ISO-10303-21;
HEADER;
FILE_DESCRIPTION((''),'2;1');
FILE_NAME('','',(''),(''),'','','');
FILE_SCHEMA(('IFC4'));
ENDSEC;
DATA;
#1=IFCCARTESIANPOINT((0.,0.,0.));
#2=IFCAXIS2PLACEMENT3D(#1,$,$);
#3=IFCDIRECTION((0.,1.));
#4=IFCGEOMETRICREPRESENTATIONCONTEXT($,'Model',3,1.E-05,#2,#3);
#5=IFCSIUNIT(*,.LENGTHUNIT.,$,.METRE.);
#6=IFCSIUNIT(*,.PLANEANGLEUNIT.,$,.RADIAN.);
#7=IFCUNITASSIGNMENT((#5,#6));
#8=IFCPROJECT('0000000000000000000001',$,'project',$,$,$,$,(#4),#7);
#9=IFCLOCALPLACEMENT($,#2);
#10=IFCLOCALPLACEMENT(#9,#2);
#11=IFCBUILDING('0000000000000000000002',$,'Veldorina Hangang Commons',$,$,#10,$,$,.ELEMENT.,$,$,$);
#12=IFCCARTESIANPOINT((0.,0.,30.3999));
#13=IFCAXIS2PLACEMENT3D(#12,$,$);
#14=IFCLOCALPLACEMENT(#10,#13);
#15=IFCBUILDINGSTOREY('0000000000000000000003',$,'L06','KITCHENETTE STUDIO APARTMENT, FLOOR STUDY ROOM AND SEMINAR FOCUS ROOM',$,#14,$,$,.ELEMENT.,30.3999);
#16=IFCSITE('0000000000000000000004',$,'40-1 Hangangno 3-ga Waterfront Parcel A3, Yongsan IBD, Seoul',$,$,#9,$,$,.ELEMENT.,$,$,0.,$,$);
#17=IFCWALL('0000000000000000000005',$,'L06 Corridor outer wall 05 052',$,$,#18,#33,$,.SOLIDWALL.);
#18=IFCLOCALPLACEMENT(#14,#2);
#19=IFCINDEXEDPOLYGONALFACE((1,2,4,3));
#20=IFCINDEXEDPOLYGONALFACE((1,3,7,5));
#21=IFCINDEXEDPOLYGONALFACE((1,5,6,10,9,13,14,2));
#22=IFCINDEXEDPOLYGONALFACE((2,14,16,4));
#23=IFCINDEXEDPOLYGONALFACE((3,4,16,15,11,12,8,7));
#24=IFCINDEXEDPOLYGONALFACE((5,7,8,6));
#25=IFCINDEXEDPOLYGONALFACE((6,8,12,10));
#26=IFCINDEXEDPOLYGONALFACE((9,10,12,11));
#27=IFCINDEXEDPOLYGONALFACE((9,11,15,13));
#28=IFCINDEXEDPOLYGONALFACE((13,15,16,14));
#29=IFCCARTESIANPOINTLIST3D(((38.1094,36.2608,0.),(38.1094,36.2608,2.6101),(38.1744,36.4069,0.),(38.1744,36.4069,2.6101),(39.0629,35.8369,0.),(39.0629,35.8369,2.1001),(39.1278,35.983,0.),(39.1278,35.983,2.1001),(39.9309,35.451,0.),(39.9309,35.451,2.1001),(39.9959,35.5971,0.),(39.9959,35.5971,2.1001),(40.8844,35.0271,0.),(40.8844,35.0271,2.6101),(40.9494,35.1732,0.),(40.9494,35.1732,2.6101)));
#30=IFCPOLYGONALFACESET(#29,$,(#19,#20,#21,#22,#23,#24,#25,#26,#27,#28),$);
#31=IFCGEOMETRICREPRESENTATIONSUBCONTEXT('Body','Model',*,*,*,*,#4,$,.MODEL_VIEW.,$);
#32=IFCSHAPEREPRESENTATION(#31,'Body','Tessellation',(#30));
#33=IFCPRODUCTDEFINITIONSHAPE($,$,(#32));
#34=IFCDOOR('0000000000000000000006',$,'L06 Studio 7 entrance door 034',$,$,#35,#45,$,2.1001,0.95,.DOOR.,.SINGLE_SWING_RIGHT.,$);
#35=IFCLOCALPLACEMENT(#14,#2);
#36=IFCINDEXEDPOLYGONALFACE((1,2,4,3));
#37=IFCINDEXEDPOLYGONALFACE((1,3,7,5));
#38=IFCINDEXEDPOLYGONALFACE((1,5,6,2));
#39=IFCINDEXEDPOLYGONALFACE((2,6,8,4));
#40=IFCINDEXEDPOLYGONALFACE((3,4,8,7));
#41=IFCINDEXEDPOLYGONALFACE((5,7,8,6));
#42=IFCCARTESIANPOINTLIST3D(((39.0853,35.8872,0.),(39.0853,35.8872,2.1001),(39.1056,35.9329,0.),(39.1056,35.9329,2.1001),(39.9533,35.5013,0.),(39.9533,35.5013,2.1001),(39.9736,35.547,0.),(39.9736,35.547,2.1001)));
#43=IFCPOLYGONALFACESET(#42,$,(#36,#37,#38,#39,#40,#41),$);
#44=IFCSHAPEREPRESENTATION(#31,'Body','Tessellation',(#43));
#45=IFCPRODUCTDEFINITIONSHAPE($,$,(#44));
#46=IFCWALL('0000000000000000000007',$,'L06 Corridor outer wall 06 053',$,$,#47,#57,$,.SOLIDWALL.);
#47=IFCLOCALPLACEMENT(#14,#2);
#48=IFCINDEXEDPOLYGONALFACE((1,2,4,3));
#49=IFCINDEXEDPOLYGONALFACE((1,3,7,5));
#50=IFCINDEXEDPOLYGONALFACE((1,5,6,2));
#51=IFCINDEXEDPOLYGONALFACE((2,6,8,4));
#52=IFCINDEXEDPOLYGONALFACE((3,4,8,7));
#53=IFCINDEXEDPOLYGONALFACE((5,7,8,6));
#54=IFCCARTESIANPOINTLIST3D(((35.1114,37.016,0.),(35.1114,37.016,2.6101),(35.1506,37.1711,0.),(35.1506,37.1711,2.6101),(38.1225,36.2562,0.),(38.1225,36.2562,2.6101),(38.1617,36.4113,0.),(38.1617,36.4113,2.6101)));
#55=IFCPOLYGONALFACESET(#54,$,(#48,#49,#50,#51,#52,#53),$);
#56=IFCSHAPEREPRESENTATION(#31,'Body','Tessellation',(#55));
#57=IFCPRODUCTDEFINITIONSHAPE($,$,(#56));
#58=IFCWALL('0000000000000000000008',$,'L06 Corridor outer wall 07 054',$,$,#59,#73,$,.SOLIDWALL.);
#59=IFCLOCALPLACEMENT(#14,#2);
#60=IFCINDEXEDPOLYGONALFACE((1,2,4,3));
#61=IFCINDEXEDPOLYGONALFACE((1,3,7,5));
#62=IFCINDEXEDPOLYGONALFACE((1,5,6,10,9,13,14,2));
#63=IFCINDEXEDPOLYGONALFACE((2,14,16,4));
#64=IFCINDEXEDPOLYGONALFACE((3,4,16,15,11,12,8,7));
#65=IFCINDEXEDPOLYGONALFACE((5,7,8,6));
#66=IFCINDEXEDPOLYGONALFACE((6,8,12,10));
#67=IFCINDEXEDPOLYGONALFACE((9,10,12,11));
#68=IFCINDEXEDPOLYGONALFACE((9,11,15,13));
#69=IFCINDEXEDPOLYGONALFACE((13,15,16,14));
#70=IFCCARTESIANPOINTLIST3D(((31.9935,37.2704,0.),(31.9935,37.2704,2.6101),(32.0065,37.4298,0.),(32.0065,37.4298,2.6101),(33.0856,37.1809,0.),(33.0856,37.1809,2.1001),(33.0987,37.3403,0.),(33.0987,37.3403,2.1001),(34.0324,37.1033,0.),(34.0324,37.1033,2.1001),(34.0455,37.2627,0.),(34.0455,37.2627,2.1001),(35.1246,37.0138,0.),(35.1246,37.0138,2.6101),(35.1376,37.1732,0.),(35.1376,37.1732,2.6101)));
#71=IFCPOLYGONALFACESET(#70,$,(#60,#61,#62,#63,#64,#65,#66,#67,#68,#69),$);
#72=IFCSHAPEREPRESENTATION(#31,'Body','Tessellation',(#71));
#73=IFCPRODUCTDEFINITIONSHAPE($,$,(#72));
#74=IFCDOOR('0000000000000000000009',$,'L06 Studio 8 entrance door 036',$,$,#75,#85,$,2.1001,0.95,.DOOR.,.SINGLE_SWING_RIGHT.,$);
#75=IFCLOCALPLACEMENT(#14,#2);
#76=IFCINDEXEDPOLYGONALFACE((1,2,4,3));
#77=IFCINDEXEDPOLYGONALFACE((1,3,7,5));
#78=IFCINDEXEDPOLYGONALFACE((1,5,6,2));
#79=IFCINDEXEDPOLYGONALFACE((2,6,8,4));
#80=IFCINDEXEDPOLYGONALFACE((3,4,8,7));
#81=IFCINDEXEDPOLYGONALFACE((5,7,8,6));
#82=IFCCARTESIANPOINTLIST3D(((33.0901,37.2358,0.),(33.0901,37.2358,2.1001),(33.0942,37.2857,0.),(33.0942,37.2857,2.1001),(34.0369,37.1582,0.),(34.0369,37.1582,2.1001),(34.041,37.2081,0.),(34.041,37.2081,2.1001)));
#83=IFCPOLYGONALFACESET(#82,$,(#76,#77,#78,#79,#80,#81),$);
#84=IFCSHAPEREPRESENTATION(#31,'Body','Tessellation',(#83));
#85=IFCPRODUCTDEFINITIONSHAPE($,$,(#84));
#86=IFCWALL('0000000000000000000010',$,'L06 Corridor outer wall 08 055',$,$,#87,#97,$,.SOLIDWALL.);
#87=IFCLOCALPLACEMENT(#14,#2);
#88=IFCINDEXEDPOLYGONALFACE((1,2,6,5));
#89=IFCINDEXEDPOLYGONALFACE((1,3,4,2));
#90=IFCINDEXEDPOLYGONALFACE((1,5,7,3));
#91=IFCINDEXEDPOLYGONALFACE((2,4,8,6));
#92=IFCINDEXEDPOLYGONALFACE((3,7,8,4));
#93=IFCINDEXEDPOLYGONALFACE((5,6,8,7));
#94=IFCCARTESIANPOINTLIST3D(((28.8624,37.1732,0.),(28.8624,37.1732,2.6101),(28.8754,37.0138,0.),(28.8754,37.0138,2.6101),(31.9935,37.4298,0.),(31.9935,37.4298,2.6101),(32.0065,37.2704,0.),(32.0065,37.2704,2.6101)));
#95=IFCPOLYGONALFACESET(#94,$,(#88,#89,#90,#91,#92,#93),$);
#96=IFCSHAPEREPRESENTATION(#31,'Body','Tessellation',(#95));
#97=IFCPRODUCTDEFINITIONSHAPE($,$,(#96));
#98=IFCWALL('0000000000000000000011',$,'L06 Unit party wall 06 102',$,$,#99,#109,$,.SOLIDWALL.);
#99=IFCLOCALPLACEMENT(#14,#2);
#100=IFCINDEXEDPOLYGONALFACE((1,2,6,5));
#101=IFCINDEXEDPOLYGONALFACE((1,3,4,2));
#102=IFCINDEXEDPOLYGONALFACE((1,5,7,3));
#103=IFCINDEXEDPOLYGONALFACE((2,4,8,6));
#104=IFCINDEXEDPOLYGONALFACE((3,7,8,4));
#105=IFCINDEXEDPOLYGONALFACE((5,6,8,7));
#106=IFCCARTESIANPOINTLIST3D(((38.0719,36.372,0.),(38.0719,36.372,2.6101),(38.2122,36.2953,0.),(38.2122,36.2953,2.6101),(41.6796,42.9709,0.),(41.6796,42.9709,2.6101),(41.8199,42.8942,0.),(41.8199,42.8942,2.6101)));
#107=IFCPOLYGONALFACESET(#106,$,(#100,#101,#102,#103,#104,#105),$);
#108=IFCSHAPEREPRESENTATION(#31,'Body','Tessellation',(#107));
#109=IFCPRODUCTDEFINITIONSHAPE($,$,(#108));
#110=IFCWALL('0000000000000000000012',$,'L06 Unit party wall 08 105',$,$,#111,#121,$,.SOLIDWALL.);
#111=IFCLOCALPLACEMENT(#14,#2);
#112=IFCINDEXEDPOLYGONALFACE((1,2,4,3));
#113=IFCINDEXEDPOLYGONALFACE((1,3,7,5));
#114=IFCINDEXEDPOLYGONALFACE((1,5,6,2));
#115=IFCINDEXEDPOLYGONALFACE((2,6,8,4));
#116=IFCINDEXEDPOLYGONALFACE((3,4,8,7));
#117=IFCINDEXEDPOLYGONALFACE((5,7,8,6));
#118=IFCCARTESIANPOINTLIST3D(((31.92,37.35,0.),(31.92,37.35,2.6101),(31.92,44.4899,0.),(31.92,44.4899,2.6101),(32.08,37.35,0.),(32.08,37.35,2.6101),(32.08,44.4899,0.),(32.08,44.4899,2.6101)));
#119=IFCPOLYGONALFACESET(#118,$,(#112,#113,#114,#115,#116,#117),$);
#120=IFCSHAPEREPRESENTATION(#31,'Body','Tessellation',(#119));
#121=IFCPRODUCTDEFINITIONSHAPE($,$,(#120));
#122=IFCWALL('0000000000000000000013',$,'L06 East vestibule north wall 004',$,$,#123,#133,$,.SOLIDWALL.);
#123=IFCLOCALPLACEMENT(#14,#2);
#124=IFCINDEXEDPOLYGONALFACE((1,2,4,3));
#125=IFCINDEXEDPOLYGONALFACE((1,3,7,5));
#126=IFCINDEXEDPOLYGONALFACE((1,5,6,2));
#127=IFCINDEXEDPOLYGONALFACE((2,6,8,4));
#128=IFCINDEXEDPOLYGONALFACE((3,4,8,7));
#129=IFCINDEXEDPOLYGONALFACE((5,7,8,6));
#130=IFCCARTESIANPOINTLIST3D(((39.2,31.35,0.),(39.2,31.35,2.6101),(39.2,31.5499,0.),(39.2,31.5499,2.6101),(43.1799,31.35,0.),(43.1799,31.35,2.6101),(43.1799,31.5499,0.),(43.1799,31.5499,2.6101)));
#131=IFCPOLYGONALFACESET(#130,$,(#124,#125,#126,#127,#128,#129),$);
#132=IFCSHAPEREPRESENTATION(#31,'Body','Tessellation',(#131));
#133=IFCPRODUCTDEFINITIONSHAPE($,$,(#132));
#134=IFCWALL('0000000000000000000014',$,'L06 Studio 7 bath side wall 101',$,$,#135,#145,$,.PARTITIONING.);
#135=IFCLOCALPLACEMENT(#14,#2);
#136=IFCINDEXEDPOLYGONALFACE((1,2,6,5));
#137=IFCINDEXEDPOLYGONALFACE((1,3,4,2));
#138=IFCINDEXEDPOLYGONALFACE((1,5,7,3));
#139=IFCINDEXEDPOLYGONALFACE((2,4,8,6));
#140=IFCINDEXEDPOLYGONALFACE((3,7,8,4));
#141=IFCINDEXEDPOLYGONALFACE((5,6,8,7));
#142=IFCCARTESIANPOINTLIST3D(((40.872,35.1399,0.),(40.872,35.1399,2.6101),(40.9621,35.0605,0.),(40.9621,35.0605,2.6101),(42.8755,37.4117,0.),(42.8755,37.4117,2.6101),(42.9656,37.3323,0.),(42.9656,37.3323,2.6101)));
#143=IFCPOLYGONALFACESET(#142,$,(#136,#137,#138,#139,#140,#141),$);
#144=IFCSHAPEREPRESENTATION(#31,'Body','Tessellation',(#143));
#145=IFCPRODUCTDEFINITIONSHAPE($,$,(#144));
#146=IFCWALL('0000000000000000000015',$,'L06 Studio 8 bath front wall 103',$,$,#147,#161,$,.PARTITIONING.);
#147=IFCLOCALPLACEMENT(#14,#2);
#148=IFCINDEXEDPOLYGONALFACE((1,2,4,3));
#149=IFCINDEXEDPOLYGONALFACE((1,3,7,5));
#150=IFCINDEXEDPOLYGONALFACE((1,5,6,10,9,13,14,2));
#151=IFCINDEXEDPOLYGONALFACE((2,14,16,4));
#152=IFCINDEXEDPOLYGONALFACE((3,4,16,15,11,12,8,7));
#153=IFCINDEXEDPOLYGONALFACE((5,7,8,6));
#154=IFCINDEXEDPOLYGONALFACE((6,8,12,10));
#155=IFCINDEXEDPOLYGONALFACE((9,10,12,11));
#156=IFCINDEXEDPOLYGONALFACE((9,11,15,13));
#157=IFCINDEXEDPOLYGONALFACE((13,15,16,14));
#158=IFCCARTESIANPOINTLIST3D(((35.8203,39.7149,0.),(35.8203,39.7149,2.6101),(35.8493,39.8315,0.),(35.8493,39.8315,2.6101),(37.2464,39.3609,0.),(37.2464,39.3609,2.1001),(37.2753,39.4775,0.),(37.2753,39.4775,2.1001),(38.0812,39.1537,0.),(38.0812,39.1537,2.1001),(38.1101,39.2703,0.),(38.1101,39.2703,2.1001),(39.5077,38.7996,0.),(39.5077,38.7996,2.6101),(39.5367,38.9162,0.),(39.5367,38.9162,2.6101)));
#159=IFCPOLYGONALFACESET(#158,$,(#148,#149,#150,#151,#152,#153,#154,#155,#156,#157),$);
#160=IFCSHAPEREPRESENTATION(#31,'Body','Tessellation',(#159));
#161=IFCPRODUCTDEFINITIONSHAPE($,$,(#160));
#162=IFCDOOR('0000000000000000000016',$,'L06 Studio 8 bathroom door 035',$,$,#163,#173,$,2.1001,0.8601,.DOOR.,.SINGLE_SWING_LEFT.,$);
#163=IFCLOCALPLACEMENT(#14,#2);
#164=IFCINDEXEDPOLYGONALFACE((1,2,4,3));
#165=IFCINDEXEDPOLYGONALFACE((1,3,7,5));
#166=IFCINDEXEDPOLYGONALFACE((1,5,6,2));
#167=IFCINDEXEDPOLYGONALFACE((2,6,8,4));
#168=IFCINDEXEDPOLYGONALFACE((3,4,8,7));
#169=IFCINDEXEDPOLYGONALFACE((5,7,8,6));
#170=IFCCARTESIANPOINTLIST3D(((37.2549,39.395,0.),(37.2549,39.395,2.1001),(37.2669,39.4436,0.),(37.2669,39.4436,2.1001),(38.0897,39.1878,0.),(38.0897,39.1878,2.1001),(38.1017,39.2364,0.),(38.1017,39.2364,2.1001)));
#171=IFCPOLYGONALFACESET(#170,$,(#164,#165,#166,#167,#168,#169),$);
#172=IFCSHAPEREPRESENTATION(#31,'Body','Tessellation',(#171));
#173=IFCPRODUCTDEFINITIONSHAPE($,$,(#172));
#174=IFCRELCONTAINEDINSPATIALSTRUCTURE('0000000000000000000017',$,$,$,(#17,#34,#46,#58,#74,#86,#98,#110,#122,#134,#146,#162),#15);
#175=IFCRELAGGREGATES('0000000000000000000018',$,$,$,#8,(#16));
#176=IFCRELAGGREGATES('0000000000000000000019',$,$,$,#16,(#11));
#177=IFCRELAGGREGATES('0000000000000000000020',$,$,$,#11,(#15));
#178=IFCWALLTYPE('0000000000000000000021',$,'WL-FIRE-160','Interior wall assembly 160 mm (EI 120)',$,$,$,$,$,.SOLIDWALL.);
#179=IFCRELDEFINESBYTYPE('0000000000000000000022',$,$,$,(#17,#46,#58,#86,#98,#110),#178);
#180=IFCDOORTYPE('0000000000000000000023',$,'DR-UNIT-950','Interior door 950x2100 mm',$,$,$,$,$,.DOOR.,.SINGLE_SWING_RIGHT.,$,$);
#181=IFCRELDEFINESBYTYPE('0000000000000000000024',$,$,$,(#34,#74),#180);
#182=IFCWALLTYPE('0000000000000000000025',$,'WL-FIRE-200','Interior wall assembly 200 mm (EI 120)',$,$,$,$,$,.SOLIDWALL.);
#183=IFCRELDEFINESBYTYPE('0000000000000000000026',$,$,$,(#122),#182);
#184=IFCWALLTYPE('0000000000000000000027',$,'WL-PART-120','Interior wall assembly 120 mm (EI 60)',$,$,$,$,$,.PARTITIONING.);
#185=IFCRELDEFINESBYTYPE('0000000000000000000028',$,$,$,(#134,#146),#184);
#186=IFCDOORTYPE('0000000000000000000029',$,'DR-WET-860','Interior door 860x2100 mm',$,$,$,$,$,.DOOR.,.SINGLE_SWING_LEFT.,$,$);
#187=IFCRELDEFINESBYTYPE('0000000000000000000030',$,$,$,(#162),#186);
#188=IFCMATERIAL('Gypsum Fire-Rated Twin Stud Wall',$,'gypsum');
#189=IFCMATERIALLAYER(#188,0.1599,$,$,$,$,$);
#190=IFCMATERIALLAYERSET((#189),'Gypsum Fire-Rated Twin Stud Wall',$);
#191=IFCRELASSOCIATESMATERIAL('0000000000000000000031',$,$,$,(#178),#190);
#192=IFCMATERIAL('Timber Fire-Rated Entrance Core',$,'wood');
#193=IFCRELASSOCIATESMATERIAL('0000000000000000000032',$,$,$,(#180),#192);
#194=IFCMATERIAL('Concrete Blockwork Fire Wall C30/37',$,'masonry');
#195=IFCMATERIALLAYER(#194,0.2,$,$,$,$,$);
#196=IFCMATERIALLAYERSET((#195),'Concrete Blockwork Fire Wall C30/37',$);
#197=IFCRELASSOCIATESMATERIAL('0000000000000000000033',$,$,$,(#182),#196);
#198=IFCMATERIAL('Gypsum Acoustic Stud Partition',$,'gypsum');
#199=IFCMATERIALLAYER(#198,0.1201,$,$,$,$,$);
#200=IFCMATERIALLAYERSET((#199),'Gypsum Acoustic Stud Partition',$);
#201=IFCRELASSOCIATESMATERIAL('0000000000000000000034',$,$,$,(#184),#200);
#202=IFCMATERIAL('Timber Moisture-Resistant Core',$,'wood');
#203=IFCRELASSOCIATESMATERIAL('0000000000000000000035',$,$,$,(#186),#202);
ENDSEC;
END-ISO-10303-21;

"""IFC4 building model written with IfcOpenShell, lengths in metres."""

from ifc_helpers import new_model, si_unit, direction, frame, frame_2d, origin, place, context, subcontext, project, spatial, rectangle, extrude, material, layer, layer_set, type_object, element, fill, save


model = new_model("IFC4")

# Units and contexts
model_context = context("Model", 3, precision=1e-05, world=origin(), true_north=direction((0.0, 1.0)))
body_context = subcontext(model_context, "Body", "Model", "MODEL_VIEW")
ifc_project = project(units=[si_unit("LENGTHUNIT", "METRE"), si_unit("PLANEANGLEUNIT", "RADIAN")], contexts=[model_context])

# Site, building, storey
site_placement = place(None, origin())
site = spatial("IfcSite", under=ifc_project, at=site_placement, Name="40-1 Hangangno 3-ga Waterfront Parcel A3, Yongsan IBD, Seoul", CompositionType="ELEMENT", RefElevation=0.0)
building_placement = place(site_placement, origin())
building = spatial("IfcBuilding", under=site, at=building_placement, Name="Veldorina Hangang Commons", CompositionType="ELEMENT")
storey_placement = place(building_placement, frame((0.0, 0.0, 30.3999)))
storey = spatial("IfcBuildingStorey", under=building, at=storey_placement, Name="L06", Description="KITCHENETTE STUDIO APARTMENT, FLOOR STUDY ROOM AND SEMINAR FOCUS ROOM", CompositionType="ELEMENT", Elevation=30.3999)

# Wall, opening, door
ifc_material_1 = material(Name="Gypsum Fire-Rated Twin Stud Wall", Category="gypsum")
ifc_layer_1 = layer(ifc_material_1, 0.1599)
ifc_layer_set_1 = layer_set([ifc_layer_1], Name="Gypsum Fire-Rated Twin Stud Wall")
wall_type_1 = type_object("IfcWallType", Name="WL-FIRE-160", Description="Interior wall assembly 160 mm (EI 120)", PredefinedType="SOLIDWALL", material=ifc_layer_set_1)
wall_1_placement = place(storey_placement, frame((40.917, 35.1001, 0.0), z_axis=(0.0, 0.0, 1.0), x_axis=(-0.913768, 0.406235, 0.0)))
wall_1 = element("IfcWall", 1, at=wall_1_placement, inside=storey, type_object=wall_type_1, Name="L06 Corridor outer wall 05 052", PredefinedType="SOLIDWALL", context=body_context, shape_type="SweptSolid", body=[
    extrude(rectangle(XDim=3.0369, YDim=0.1599, at=frame_2d((1.5186, 0.0))), origin(), (0.0, 0.0, 1.0), 2.6101),
])
opening_1_placement = place(wall_1_placement, frame((1.0435, 0.0, 0.0)))
opening_1 = element("IfcOpeningElement", 2, at=opening_1_placement, cuts=wall_1, PredefinedType="OPENING", context=body_context, shape_type="SweptSolid", body=[
    extrude(rectangle(XDim=0.95, YDim=2.1001, at=frame_2d((0.4751, 1.05))), frame((0.0, 0.0898, 0.0), z_axis=(0.0, -1.0, 0.0), x_axis=(1.0, 0.0, 0.0)), (0.0, 0.0, 1.0), 0.1799),
])
ifc_material_2 = material(Name="Timber Fire-Rated Entrance Core", Category="wood")
door_type_1 = type_object("IfcDoorType", Name="DR-UNIT-950", Description="Interior door 950x2100 mm", OperationType="SINGLE_SWING_RIGHT", PredefinedType="DOOR", material=ifc_material_2)
door_1_placement = place(opening_1_placement, origin())
door_1 = element("IfcDoor", 3, at=door_1_placement, inside=storey, type_object=door_type_1, Name="L06 Studio 7 entrance door 034", OperationType="SINGLE_SWING_RIGHT", OverallHeight=2.1001, OverallWidth=0.95, PredefinedType="DOOR", context=body_context, shape_type="SweptSolid", body=[
    extrude(rectangle(XDim=0.95, YDim=2.1001, at=frame_2d((0.4751, 1.05))), frame((0.0, 0.0249, 0.0), z_axis=(0.0, -1.0, 0.0), x_axis=(1.0, 0.0, 0.0)), (0.0, 0.0, 1.0), 0.05),
])
fill(opening_1, door_1)

# Wall
wall_2_placement = place(storey_placement, frame((38.1421, 36.3337, 0.0), z_axis=(0.0, 0.0, 1.0), x_axis=(-0.969608, 0.244662, 0.0)))
element("IfcWall", 4, at=wall_2_placement, inside=storey, type_object=wall_type_1, Name="L06 Corridor outer wall 06 053", PredefinedType="SOLIDWALL", context=body_context, shape_type="SweptSolid", body=[
    extrude(rectangle(XDim=3.1055, YDim=0.1599, at=frame_2d((1.5527, 0.0))), origin(), (0.0, 0.0, 1.0), 2.6101),
])

# Wall, opening, door
wall_3_placement = place(storey_placement, frame((35.1311, 37.0935, 0.0), z_axis=(0.0, 0.0, 1.0), x_axis=(-0.996659, 0.081676, 0.0)))
wall_3 = element("IfcWall", 5, at=wall_3_placement, inside=storey, type_object=wall_type_1, Name="L06 Corridor outer wall 07 054", PredefinedType="SOLIDWALL", context=body_context, shape_type="SweptSolid", body=[
    extrude(rectangle(XDim=3.1416, YDim=0.1599, at=frame_2d((1.5708, 0.0))), origin(), (0.0, 0.0, 1.0), 2.6101),
])
opening_2_placement = place(wall_3_placement, frame((1.0957, 0.0, 0.0)))
opening_2 = element("IfcOpeningElement", 6, at=opening_2_placement, cuts=wall_3, PredefinedType="OPENING", context=body_context, shape_type="SweptSolid", body=[
    extrude(rectangle(XDim=0.95, YDim=2.1001, at=frame_2d((0.4751, 1.05))), frame((0.0, 0.0898, 0.0), z_axis=(0.0, -1.0, 0.0), x_axis=(1.0, 0.0, 0.0)), (0.0, 0.0, 1.0), 0.1799),
])
door_2_placement = place(opening_2_placement, origin())
door_2 = element("IfcDoor", 7, at=door_2_placement, inside=storey, type_object=door_type_1, Name="L06 Studio 8 entrance door 036", OperationType="SINGLE_SWING_RIGHT", OverallHeight=2.1001, OverallWidth=0.95, PredefinedType="DOOR", context=body_context, shape_type="SweptSolid", body=[
    extrude(rectangle(XDim=0.95, YDim=2.1001, at=frame_2d((0.4751, 1.05))), frame((0.0, 0.0249, 0.0), z_axis=(0.0, -1.0, 0.0), x_axis=(1.0, 0.0, 0.0)), (0.0, 0.0, 1.0), 0.05),
])
fill(opening_2, door_2)

# Walls
wall_4_placement = place(storey_placement, frame((32.0, 37.3501, 0.0), z_axis=(0.0, 0.0, 1.0), x_axis=(-0.996659, -0.081676, 0.0)))
element("IfcWall", 8, at=wall_4_placement, inside=storey, type_object=wall_type_1, Name="L06 Corridor outer wall 08 055", PredefinedType="SOLIDWALL", context=body_context, shape_type="SweptSolid", body=[
    extrude(rectangle(XDim=3.1416, YDim=0.1599, at=frame_2d((1.5708, 0.0))), origin(), (0.0, 0.0, 1.0), 2.6101),
])
wall_5_placement = place(storey_placement, frame((38.1421, 36.3337, 0.0), z_axis=(0.0, 0.0, 1.0), x_axis=(0.4797, 0.877432, 0.0)))
element("IfcWall", 9, at=wall_5_placement, inside=storey, type_object=wall_type_1, Name="L06 Unit party wall 06 102", PredefinedType="SOLIDWALL", context=body_context, shape_type="SweptSolid", body=[
    extrude(rectangle(XDim=7.5208, YDim=0.1599, at=frame_2d((3.7603, 0.0))), origin(), (0.0, 0.0, 1.0), 2.6101),
])
wall_6_placement = place(storey_placement, frame((32.0, 37.3501, 0.0), z_axis=(0.0, 0.0, 1.0), x_axis=(0.0, 1.0, 0.0)))
element("IfcWall", 10, at=wall_6_placement, inside=storey, type_object=wall_type_1, Name="L06 Unit party wall 08 105", PredefinedType="SOLIDWALL", context=body_context, shape_type="SweptSolid", body=[
    extrude(rectangle(XDim=7.1399, YDim=0.1599, at=frame_2d((3.5698, 0.0))), origin(), (0.0, 0.0, 1.0), 2.6101),
])
ifc_material_3 = material(Name="Concrete Blockwork Fire Wall C30/37", Category="masonry")
ifc_layer_2 = layer(ifc_material_3, 0.2)
ifc_layer_set_2 = layer_set([ifc_layer_2], Name="Concrete Blockwork Fire Wall C30/37")
wall_type_2 = type_object("IfcWallType", Name="WL-FIRE-200", Description="Interior wall assembly 200 mm (EI 120)", PredefinedType="SOLIDWALL", material=ifc_layer_set_2)
wall_7_placement = place(storey_placement, frame((39.2, 31.45, 0.0), z_axis=(0.0, 0.0, 1.0), x_axis=(1.0, 0.0, 0.0)))
element("IfcWall", 11, at=wall_7_placement, inside=storey, type_object=wall_type_2, Name="L06 East vestibule north wall 004", PredefinedType="SOLIDWALL", context=body_context, shape_type="SweptSolid", body=[
    extrude(rectangle(XDim=3.98, YDim=0.2, at=frame_2d((1.99, 0.0))), origin(), (0.0, 0.0, 1.0), 2.6101),
])
ifc_material_4 = material(Name="Gypsum Acoustic Stud Partition", Category="gypsum")
ifc_layer_3 = layer(ifc_material_4, 0.1201)
ifc_layer_set_3 = layer_set([ifc_layer_3], Name="Gypsum Acoustic Stud Partition")
wall_type_3 = type_object("IfcWallType", Name="WL-PART-120", Description="Interior wall assembly 120 mm (EI 60)", PredefinedType="PARTITIONING", material=ifc_layer_set_3)
wall_8_placement = place(storey_placement, frame((40.917, 35.1001, 0.0), z_axis=(0.0, 0.0, 1.0), x_axis=(0.661427, 0.75001, 0.0)))
element("IfcWall", 12, at=wall_8_placement, inside=storey, type_object=wall_type_3, Name="L06 Studio 7 bath side wall 101", PredefinedType="PARTITIONING", context=body_context, shape_type="SweptSolid", body=[
    extrude(rectangle(XDim=3.0291, YDim=0.1201, at=frame_2d((1.5146, 0.0))), origin(), (0.0, 0.0, 1.0), 2.6101),
])

# Wall, opening, door
wall_9_placement = place(storey_placement, frame((39.5222, 38.8579, 0.0), z_axis=(0.0, 0.0, 1.0), x_axis=(-0.970549, 0.240902, 0.0)))
wall_9 = element("IfcWall", 13, at=wall_9_placement, inside=storey, type_object=wall_type_3, Name="L06 Studio 8 bath front wall 103", PredefinedType="PARTITIONING", context=body_context, shape_type="SweptSolid", body=[
    extrude(rectangle(XDim=3.7993, YDim=0.1201, at=frame_2d((1.8997, 0.0))), origin(), (0.0, 0.0, 1.0), 2.6101),
])
opening_3_placement = place(wall_9_placement, frame((1.4697, 0.0, 0.0)))
opening_3 = element("IfcOpeningElement", 14, at=opening_3_placement, cuts=wall_9, PredefinedType="OPENING", context=body_context, shape_type="SweptSolid", body=[
    extrude(rectangle(XDim=0.8601, YDim=2.1001, at=frame_2d((0.4302, 1.05))), frame((0.0, 0.0701, 0.0), z_axis=(0.0, -1.0, 0.0), x_axis=(1.0, 0.0, 0.0)), (0.0, 0.0, 1.0), 0.1401),
])
ifc_material_5 = material(Name="Timber Moisture-Resistant Core", Category="wood")
door_type_2 = type_object("IfcDoorType", Name="DR-WET-860", Description="Interior door 860x2100 mm", OperationType="SINGLE_SWING_LEFT", PredefinedType="DOOR", material=ifc_material_5)
door_3_placement = place(opening_3_placement, origin())
door_3 = element("IfcDoor", 15, at=door_3_placement, inside=storey, type_object=door_type_2, Name="L06 Studio 8 bathroom door 035", OperationType="SINGLE_SWING_LEFT", OverallHeight=2.1001, OverallWidth=0.8601, PredefinedType="DOOR", context=body_context, shape_type="SweptSolid", body=[
    extrude(rectangle(XDim=0.8601, YDim=2.1001, at=frame_2d((0.4302, 1.05))), frame((0.0, 0.0249, 0.0), z_axis=(0.0, -1.0, 0.0), x_axis=(1.0, 0.0, 0.0)), (0.0, 0.0, 1.0), 0.05),
])
fill(opening_3, door_3)

save(model, "model.ifc")
